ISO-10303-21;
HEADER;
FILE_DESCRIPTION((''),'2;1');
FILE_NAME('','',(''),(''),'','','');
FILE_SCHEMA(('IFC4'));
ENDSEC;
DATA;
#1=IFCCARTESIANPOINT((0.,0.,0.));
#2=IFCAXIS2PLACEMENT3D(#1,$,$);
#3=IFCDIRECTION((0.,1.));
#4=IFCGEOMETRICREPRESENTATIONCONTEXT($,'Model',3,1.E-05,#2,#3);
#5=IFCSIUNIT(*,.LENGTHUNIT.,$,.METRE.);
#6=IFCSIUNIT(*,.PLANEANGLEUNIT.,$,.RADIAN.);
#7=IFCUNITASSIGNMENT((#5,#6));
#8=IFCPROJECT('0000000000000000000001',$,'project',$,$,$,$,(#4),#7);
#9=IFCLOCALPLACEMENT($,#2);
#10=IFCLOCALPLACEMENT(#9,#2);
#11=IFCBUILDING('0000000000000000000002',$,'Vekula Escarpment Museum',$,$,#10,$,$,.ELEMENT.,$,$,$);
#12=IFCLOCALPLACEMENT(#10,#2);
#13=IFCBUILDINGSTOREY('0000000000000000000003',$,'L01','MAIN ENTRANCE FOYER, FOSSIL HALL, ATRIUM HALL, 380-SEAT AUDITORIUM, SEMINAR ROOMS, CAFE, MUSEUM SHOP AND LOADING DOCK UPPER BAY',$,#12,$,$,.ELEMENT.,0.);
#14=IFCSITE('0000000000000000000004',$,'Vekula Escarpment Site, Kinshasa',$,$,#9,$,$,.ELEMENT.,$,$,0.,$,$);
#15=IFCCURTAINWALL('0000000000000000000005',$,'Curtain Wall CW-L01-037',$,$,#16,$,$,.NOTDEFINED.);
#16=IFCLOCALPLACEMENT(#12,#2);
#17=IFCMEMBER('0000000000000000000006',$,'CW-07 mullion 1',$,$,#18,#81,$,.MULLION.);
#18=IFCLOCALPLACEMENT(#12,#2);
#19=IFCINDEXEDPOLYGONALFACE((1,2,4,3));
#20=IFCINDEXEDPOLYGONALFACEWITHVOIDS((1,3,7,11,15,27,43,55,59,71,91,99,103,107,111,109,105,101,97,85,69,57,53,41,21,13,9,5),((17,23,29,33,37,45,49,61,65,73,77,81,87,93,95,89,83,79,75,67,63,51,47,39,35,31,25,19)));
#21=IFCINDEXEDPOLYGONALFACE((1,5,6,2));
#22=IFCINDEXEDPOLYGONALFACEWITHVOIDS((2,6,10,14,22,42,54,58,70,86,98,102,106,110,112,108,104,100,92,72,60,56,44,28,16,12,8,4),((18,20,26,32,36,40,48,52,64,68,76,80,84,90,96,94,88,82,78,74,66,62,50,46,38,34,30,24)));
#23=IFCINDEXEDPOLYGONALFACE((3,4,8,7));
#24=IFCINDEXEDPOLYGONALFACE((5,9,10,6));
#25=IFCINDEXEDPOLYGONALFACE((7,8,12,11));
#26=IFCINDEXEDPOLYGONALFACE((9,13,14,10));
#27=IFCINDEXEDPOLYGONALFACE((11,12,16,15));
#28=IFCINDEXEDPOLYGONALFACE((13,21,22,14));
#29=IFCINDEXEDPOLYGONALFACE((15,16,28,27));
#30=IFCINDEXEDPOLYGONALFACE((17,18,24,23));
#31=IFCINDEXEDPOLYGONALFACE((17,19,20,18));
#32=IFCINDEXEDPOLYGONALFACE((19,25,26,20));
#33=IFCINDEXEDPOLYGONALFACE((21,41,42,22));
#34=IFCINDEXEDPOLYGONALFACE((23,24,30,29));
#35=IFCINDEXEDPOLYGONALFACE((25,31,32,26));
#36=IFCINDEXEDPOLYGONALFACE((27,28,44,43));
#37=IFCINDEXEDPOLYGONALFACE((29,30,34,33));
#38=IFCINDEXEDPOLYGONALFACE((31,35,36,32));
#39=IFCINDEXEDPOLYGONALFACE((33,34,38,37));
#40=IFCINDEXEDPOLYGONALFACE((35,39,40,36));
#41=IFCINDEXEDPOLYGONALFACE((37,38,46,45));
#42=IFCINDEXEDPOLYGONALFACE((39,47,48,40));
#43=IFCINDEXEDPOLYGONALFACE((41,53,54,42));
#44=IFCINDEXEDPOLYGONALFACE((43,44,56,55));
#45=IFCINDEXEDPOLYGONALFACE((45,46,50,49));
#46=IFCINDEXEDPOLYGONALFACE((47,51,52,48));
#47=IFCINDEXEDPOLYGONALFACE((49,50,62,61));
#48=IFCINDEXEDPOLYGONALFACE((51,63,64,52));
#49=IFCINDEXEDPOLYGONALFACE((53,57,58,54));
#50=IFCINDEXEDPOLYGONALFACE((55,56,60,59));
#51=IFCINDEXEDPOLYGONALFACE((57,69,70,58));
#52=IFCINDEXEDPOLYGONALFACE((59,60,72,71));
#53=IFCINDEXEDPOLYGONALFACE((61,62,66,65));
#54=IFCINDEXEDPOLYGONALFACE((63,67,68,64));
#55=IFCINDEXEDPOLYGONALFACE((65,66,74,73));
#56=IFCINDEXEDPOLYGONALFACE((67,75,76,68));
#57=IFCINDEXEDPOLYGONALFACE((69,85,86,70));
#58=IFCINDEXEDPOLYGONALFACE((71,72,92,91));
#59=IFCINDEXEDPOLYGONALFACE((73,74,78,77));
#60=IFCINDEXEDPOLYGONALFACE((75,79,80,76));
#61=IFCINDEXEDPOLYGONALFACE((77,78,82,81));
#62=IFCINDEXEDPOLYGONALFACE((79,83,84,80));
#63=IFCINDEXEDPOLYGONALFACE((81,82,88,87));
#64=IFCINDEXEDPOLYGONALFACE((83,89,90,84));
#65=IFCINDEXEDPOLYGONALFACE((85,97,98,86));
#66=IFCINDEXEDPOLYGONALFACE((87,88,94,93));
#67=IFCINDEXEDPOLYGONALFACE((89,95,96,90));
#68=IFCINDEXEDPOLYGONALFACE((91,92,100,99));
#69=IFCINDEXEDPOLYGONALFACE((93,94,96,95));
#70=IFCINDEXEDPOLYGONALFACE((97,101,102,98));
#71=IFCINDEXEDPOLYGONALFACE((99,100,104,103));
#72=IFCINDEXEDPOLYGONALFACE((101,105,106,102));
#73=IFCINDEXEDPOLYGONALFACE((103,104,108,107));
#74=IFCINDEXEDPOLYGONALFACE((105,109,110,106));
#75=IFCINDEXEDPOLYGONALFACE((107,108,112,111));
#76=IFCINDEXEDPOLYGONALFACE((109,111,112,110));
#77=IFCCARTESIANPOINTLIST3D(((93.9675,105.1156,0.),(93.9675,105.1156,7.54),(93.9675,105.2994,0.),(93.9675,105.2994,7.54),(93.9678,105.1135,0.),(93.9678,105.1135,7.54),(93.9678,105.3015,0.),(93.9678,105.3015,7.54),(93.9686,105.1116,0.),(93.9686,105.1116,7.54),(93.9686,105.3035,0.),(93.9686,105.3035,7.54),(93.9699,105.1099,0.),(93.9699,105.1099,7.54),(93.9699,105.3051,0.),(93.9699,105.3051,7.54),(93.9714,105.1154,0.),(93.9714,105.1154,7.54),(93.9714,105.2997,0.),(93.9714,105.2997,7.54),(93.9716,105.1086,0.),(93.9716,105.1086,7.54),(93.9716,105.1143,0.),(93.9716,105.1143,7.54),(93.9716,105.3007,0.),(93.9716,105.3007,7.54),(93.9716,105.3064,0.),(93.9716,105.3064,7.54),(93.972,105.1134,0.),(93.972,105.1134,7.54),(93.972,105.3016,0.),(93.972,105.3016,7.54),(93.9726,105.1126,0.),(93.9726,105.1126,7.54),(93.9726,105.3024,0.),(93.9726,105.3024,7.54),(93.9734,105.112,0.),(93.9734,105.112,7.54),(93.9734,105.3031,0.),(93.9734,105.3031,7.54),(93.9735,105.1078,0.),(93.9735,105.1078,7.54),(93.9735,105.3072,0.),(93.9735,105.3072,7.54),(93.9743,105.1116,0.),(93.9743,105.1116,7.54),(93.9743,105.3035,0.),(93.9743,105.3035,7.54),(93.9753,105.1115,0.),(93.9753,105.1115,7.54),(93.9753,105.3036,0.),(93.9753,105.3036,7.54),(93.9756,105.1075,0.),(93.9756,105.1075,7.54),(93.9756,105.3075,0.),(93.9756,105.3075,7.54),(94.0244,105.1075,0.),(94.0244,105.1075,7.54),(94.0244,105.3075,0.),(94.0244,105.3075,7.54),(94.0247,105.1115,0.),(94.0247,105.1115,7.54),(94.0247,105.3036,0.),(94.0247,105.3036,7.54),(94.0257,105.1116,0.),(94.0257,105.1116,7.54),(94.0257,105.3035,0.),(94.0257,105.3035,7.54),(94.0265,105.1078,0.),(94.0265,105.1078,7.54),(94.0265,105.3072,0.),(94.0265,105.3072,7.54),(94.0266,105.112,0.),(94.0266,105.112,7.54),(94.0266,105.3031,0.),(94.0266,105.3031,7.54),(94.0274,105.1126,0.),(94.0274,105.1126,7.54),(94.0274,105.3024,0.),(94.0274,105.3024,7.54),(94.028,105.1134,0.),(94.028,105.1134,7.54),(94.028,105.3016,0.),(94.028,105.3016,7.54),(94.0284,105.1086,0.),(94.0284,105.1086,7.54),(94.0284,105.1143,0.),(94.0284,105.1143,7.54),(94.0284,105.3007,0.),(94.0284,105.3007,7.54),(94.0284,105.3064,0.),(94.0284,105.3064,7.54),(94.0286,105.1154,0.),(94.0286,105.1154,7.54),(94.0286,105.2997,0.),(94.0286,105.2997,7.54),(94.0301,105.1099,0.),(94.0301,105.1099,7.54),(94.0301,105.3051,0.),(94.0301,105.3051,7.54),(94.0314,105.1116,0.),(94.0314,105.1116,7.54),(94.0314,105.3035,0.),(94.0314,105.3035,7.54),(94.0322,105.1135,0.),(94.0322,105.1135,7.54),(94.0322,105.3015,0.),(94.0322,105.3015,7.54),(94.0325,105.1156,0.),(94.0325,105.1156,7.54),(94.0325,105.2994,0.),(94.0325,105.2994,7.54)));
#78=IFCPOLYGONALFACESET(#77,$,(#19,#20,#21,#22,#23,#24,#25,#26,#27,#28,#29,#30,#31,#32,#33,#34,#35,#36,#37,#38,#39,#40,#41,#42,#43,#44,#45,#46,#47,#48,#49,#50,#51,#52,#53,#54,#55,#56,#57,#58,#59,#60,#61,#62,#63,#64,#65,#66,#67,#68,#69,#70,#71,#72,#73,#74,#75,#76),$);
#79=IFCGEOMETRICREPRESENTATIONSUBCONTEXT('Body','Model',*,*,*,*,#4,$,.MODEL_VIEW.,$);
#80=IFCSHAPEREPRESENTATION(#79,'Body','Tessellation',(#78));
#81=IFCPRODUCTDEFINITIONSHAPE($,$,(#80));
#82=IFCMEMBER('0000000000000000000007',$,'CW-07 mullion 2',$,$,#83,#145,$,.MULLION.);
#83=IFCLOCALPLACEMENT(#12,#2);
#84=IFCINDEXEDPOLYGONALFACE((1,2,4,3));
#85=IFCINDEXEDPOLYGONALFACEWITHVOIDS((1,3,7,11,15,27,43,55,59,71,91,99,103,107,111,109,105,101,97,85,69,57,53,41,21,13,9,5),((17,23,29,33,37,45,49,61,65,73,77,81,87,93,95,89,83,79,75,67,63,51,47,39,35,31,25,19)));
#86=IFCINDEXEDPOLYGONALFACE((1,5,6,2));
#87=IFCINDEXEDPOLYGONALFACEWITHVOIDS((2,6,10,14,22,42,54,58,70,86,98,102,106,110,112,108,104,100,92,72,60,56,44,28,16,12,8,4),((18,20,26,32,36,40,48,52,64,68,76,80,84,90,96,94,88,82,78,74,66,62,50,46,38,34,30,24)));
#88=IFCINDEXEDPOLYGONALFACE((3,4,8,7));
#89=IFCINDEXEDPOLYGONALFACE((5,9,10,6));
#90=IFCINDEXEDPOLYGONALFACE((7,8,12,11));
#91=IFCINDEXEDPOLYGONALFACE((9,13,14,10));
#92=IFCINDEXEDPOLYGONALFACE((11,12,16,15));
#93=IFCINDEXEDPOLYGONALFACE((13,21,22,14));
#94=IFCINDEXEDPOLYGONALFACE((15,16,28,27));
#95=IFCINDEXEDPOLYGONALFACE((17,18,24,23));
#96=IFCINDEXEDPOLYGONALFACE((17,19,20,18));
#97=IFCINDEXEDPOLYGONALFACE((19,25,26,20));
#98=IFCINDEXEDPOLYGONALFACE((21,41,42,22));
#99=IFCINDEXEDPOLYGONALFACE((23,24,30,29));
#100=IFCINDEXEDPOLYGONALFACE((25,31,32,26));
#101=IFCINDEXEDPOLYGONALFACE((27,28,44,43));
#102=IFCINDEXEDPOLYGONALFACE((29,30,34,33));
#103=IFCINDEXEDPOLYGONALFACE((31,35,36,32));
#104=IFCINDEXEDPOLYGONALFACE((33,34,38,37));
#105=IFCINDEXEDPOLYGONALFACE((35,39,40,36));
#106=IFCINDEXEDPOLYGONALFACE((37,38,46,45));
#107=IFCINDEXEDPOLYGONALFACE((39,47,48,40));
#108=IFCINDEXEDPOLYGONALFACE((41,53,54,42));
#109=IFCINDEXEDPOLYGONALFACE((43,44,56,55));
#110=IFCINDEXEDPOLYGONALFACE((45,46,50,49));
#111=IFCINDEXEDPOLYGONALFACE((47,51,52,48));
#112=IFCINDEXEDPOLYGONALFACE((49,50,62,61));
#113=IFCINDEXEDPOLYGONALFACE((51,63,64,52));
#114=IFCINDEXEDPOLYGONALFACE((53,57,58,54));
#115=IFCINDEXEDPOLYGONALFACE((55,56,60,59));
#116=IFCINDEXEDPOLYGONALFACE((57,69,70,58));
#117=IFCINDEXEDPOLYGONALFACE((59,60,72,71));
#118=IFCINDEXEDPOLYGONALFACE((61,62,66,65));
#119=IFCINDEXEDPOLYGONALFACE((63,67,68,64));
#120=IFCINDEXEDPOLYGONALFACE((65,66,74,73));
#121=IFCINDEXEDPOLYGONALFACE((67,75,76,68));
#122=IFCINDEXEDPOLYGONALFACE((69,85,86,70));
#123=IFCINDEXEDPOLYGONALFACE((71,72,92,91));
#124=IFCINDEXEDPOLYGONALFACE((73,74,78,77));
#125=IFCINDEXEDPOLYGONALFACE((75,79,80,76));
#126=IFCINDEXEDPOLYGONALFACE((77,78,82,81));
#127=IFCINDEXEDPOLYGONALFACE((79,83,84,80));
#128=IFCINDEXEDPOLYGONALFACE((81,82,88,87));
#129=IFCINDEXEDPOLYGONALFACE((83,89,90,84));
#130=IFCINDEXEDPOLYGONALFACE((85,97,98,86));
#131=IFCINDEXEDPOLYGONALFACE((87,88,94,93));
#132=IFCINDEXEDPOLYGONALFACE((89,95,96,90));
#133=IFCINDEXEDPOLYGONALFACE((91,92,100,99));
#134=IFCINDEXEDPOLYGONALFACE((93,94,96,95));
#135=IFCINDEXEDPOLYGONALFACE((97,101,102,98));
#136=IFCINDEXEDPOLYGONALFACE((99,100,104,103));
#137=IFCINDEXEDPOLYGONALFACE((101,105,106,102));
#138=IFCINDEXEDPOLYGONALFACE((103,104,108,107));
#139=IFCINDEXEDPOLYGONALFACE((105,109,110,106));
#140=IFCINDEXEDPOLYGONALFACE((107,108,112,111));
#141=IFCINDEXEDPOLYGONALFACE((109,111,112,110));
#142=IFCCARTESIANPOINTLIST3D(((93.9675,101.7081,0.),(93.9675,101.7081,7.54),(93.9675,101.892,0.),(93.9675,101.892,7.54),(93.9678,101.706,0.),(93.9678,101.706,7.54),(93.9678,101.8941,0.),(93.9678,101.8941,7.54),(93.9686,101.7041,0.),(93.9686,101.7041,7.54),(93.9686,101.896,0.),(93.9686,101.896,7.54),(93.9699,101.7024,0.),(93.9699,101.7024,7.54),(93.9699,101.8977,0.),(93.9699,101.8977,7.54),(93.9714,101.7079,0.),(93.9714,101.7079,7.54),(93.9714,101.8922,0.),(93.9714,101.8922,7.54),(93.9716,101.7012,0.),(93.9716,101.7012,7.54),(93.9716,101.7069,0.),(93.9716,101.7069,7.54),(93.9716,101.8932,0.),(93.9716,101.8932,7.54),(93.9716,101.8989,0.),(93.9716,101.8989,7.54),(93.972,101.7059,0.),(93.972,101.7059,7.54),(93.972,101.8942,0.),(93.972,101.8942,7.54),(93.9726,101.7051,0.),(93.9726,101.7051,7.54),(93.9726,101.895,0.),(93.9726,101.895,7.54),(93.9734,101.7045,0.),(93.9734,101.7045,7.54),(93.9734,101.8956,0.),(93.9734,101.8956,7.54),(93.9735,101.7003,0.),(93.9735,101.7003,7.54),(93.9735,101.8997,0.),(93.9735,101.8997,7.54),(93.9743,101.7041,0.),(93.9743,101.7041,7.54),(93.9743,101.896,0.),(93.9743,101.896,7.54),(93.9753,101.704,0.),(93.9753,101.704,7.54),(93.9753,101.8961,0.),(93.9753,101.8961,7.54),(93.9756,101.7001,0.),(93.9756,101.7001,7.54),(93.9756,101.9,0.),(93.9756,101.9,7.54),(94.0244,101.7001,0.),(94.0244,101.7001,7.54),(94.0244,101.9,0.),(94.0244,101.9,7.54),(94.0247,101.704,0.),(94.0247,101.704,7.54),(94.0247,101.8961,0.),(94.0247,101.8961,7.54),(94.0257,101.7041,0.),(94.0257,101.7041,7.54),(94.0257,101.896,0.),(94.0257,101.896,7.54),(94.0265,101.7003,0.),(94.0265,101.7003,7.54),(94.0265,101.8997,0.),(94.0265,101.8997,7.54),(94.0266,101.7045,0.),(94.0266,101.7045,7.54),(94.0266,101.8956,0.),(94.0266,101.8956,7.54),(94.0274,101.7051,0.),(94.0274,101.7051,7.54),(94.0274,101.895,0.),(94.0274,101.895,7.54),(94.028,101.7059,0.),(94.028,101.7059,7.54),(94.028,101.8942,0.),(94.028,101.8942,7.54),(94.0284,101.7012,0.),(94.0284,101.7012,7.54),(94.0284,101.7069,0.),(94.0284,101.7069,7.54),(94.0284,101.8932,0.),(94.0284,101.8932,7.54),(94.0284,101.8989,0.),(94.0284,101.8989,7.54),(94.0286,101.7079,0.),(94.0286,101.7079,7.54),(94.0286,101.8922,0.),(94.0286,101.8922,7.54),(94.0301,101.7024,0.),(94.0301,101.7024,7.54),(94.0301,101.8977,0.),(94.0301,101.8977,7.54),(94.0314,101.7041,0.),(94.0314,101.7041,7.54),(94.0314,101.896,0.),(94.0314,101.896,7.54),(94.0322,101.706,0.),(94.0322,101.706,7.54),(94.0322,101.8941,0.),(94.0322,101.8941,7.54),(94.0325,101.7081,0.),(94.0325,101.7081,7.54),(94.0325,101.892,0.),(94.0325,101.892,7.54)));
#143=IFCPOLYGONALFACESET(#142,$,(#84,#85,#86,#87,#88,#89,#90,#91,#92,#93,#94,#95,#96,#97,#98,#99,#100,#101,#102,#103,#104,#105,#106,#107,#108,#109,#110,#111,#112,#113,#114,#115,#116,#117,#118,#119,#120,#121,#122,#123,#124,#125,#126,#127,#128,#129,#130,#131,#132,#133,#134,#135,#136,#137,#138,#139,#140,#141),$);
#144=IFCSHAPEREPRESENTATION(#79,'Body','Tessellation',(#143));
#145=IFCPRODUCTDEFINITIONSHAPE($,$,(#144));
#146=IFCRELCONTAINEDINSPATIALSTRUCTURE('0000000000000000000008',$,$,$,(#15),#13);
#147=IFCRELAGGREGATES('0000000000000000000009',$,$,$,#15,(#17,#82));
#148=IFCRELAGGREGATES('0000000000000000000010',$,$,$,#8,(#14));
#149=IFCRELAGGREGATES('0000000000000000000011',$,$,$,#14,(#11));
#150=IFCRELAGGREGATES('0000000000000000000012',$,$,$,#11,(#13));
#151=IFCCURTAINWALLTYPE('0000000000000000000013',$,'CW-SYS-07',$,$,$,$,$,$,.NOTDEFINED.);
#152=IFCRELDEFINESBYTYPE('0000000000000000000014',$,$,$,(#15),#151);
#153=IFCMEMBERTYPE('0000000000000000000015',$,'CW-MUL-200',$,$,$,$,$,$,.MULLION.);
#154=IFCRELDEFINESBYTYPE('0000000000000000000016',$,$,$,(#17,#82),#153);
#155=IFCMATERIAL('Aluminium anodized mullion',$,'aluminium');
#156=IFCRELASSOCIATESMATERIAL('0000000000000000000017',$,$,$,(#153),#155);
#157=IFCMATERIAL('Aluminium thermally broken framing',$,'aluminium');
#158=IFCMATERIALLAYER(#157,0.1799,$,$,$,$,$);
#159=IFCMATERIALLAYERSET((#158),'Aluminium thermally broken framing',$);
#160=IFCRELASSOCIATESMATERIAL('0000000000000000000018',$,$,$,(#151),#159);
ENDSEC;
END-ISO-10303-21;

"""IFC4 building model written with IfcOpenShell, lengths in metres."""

from ifc_helpers import new_model, si_unit, direction, frame, origin, origin_2d, place, context, subcontext, project, spatial, hollow_rectangle, extrude, material, layer, layer_set, material_profile, profile_set, type_object, element, aggregate, save


model = new_model("IFC4")

# Units and contexts
model_context = context("Model", 3, precision=1e-05, world=origin(), true_north=direction((0.0, 1.0)))
body_context = subcontext(model_context, "Body", "Model", "MODEL_VIEW")
ifc_project = project(units=[si_unit("LENGTHUNIT", "METRE"), si_unit("PLANEANGLEUNIT", "RADIAN")], contexts=[model_context])

# Site, building, storey
site_placement = place(None, origin())
site = spatial("IfcSite", under=ifc_project, at=site_placement, Name="Vekula Escarpment Site, Kinshasa", CompositionType="ELEMENT", RefElevation=0.0)
building_placement = place(site_placement, origin())
building = spatial("IfcBuilding", under=site, at=building_placement, Name="Vekula Escarpment Museum", CompositionType="ELEMENT")
storey_placement = place(building_placement, origin())
storey = spatial("IfcBuildingStorey", under=building, at=storey_placement, Name="L01", Description="MAIN ENTRANCE FOYER, FOSSIL HALL, ATRIUM HALL, 380-SEAT AUDITORIUM, SEMINAR ROOMS, CAFE, MUSEUM SHOP AND LOADING DOCK UPPER BAY", CompositionType="ELEMENT", Elevation=0.0)

# Curtain wall, members
ifc_material_1 = material(Name="Aluminium anodized mullion", Category="aluminium")
ifc_material_profile_1 = material_profile(ifc_material_1, hollow_rectangle(XDim=0.0649, YDim=0.2, WallThickness=0.0039, InnerFilletRadius=0.0039, OuterFilletRadius=0.0081, at=origin_2d()), Name="ALU 200x65x4")
ifc_profile_set_1 = profile_set([ifc_material_profile_1], Name="Aluminium anodized mullion")
member_type_1 = type_object("IfcMemberType", Name="CW-MUL-200", PredefinedType="MULLION", material=ifc_profile_set_1)
ifc_material_2 = material(Name="Aluminium thermally broken framing", Category="aluminium")
ifc_layer_1 = layer(ifc_material_2, 0.1799)
ifc_layer_set_1 = layer_set([ifc_layer_1], Name="Aluminium thermally broken framing")
curtain_wall_type_1 = type_object("IfcCurtainWallType", Name="CW-SYS-07", PredefinedType="NOTDEFINED", material=ifc_layer_set_1)
curtain_wall_1_placement = place(storey_placement, origin())
curtain_wall_1 = element("IfcCurtainWall", 1, at=curtain_wall_1_placement, inside=storey, type_object=curtain_wall_type_1, Name="Curtain Wall CW-L01-037", PredefinedType="NOTDEFINED")
member_1_placement = place(storey_placement, frame((94.0, 105.2075, 0.0), z_axis=(0.0, 0.0, 1.0), x_axis=(1.0, 0.0, 0.0)))
member_1 = element("IfcMember", 2, at=member_1_placement, type_object=member_type_1, Name="CW-07 mullion 1", PredefinedType="MULLION", context=body_context, shape_type="SweptSolid", body=[
    extrude(hollow_rectangle(XDim=0.0649, YDim=0.2, WallThickness=0.0039, InnerFilletRadius=0.0039, OuterFilletRadius=0.0081, at=origin_2d()), origin(), (0.0, 0.0, 1.0), 7.54),
])
member_2_placement = place(storey_placement, frame((94.0, 101.8, 0.0), z_axis=(0.0, 0.0, 1.0), x_axis=(1.0, 0.0, 0.0)))
member_2 = element("IfcMember", 3, at=member_2_placement, type_object=member_type_1, Name="CW-07 mullion 2", PredefinedType="MULLION", context=body_context, shape_type="SweptSolid", body=[
    extrude(hollow_rectangle(XDim=0.0649, YDim=0.2, WallThickness=0.0039, InnerFilletRadius=0.0039, OuterFilletRadius=0.0081, at=origin_2d()), origin(), (0.0, 0.0, 1.0), 7.54),
])

aggregate(curtain_wall_1, [member_1, member_2])

save(model, "model.ifc")
